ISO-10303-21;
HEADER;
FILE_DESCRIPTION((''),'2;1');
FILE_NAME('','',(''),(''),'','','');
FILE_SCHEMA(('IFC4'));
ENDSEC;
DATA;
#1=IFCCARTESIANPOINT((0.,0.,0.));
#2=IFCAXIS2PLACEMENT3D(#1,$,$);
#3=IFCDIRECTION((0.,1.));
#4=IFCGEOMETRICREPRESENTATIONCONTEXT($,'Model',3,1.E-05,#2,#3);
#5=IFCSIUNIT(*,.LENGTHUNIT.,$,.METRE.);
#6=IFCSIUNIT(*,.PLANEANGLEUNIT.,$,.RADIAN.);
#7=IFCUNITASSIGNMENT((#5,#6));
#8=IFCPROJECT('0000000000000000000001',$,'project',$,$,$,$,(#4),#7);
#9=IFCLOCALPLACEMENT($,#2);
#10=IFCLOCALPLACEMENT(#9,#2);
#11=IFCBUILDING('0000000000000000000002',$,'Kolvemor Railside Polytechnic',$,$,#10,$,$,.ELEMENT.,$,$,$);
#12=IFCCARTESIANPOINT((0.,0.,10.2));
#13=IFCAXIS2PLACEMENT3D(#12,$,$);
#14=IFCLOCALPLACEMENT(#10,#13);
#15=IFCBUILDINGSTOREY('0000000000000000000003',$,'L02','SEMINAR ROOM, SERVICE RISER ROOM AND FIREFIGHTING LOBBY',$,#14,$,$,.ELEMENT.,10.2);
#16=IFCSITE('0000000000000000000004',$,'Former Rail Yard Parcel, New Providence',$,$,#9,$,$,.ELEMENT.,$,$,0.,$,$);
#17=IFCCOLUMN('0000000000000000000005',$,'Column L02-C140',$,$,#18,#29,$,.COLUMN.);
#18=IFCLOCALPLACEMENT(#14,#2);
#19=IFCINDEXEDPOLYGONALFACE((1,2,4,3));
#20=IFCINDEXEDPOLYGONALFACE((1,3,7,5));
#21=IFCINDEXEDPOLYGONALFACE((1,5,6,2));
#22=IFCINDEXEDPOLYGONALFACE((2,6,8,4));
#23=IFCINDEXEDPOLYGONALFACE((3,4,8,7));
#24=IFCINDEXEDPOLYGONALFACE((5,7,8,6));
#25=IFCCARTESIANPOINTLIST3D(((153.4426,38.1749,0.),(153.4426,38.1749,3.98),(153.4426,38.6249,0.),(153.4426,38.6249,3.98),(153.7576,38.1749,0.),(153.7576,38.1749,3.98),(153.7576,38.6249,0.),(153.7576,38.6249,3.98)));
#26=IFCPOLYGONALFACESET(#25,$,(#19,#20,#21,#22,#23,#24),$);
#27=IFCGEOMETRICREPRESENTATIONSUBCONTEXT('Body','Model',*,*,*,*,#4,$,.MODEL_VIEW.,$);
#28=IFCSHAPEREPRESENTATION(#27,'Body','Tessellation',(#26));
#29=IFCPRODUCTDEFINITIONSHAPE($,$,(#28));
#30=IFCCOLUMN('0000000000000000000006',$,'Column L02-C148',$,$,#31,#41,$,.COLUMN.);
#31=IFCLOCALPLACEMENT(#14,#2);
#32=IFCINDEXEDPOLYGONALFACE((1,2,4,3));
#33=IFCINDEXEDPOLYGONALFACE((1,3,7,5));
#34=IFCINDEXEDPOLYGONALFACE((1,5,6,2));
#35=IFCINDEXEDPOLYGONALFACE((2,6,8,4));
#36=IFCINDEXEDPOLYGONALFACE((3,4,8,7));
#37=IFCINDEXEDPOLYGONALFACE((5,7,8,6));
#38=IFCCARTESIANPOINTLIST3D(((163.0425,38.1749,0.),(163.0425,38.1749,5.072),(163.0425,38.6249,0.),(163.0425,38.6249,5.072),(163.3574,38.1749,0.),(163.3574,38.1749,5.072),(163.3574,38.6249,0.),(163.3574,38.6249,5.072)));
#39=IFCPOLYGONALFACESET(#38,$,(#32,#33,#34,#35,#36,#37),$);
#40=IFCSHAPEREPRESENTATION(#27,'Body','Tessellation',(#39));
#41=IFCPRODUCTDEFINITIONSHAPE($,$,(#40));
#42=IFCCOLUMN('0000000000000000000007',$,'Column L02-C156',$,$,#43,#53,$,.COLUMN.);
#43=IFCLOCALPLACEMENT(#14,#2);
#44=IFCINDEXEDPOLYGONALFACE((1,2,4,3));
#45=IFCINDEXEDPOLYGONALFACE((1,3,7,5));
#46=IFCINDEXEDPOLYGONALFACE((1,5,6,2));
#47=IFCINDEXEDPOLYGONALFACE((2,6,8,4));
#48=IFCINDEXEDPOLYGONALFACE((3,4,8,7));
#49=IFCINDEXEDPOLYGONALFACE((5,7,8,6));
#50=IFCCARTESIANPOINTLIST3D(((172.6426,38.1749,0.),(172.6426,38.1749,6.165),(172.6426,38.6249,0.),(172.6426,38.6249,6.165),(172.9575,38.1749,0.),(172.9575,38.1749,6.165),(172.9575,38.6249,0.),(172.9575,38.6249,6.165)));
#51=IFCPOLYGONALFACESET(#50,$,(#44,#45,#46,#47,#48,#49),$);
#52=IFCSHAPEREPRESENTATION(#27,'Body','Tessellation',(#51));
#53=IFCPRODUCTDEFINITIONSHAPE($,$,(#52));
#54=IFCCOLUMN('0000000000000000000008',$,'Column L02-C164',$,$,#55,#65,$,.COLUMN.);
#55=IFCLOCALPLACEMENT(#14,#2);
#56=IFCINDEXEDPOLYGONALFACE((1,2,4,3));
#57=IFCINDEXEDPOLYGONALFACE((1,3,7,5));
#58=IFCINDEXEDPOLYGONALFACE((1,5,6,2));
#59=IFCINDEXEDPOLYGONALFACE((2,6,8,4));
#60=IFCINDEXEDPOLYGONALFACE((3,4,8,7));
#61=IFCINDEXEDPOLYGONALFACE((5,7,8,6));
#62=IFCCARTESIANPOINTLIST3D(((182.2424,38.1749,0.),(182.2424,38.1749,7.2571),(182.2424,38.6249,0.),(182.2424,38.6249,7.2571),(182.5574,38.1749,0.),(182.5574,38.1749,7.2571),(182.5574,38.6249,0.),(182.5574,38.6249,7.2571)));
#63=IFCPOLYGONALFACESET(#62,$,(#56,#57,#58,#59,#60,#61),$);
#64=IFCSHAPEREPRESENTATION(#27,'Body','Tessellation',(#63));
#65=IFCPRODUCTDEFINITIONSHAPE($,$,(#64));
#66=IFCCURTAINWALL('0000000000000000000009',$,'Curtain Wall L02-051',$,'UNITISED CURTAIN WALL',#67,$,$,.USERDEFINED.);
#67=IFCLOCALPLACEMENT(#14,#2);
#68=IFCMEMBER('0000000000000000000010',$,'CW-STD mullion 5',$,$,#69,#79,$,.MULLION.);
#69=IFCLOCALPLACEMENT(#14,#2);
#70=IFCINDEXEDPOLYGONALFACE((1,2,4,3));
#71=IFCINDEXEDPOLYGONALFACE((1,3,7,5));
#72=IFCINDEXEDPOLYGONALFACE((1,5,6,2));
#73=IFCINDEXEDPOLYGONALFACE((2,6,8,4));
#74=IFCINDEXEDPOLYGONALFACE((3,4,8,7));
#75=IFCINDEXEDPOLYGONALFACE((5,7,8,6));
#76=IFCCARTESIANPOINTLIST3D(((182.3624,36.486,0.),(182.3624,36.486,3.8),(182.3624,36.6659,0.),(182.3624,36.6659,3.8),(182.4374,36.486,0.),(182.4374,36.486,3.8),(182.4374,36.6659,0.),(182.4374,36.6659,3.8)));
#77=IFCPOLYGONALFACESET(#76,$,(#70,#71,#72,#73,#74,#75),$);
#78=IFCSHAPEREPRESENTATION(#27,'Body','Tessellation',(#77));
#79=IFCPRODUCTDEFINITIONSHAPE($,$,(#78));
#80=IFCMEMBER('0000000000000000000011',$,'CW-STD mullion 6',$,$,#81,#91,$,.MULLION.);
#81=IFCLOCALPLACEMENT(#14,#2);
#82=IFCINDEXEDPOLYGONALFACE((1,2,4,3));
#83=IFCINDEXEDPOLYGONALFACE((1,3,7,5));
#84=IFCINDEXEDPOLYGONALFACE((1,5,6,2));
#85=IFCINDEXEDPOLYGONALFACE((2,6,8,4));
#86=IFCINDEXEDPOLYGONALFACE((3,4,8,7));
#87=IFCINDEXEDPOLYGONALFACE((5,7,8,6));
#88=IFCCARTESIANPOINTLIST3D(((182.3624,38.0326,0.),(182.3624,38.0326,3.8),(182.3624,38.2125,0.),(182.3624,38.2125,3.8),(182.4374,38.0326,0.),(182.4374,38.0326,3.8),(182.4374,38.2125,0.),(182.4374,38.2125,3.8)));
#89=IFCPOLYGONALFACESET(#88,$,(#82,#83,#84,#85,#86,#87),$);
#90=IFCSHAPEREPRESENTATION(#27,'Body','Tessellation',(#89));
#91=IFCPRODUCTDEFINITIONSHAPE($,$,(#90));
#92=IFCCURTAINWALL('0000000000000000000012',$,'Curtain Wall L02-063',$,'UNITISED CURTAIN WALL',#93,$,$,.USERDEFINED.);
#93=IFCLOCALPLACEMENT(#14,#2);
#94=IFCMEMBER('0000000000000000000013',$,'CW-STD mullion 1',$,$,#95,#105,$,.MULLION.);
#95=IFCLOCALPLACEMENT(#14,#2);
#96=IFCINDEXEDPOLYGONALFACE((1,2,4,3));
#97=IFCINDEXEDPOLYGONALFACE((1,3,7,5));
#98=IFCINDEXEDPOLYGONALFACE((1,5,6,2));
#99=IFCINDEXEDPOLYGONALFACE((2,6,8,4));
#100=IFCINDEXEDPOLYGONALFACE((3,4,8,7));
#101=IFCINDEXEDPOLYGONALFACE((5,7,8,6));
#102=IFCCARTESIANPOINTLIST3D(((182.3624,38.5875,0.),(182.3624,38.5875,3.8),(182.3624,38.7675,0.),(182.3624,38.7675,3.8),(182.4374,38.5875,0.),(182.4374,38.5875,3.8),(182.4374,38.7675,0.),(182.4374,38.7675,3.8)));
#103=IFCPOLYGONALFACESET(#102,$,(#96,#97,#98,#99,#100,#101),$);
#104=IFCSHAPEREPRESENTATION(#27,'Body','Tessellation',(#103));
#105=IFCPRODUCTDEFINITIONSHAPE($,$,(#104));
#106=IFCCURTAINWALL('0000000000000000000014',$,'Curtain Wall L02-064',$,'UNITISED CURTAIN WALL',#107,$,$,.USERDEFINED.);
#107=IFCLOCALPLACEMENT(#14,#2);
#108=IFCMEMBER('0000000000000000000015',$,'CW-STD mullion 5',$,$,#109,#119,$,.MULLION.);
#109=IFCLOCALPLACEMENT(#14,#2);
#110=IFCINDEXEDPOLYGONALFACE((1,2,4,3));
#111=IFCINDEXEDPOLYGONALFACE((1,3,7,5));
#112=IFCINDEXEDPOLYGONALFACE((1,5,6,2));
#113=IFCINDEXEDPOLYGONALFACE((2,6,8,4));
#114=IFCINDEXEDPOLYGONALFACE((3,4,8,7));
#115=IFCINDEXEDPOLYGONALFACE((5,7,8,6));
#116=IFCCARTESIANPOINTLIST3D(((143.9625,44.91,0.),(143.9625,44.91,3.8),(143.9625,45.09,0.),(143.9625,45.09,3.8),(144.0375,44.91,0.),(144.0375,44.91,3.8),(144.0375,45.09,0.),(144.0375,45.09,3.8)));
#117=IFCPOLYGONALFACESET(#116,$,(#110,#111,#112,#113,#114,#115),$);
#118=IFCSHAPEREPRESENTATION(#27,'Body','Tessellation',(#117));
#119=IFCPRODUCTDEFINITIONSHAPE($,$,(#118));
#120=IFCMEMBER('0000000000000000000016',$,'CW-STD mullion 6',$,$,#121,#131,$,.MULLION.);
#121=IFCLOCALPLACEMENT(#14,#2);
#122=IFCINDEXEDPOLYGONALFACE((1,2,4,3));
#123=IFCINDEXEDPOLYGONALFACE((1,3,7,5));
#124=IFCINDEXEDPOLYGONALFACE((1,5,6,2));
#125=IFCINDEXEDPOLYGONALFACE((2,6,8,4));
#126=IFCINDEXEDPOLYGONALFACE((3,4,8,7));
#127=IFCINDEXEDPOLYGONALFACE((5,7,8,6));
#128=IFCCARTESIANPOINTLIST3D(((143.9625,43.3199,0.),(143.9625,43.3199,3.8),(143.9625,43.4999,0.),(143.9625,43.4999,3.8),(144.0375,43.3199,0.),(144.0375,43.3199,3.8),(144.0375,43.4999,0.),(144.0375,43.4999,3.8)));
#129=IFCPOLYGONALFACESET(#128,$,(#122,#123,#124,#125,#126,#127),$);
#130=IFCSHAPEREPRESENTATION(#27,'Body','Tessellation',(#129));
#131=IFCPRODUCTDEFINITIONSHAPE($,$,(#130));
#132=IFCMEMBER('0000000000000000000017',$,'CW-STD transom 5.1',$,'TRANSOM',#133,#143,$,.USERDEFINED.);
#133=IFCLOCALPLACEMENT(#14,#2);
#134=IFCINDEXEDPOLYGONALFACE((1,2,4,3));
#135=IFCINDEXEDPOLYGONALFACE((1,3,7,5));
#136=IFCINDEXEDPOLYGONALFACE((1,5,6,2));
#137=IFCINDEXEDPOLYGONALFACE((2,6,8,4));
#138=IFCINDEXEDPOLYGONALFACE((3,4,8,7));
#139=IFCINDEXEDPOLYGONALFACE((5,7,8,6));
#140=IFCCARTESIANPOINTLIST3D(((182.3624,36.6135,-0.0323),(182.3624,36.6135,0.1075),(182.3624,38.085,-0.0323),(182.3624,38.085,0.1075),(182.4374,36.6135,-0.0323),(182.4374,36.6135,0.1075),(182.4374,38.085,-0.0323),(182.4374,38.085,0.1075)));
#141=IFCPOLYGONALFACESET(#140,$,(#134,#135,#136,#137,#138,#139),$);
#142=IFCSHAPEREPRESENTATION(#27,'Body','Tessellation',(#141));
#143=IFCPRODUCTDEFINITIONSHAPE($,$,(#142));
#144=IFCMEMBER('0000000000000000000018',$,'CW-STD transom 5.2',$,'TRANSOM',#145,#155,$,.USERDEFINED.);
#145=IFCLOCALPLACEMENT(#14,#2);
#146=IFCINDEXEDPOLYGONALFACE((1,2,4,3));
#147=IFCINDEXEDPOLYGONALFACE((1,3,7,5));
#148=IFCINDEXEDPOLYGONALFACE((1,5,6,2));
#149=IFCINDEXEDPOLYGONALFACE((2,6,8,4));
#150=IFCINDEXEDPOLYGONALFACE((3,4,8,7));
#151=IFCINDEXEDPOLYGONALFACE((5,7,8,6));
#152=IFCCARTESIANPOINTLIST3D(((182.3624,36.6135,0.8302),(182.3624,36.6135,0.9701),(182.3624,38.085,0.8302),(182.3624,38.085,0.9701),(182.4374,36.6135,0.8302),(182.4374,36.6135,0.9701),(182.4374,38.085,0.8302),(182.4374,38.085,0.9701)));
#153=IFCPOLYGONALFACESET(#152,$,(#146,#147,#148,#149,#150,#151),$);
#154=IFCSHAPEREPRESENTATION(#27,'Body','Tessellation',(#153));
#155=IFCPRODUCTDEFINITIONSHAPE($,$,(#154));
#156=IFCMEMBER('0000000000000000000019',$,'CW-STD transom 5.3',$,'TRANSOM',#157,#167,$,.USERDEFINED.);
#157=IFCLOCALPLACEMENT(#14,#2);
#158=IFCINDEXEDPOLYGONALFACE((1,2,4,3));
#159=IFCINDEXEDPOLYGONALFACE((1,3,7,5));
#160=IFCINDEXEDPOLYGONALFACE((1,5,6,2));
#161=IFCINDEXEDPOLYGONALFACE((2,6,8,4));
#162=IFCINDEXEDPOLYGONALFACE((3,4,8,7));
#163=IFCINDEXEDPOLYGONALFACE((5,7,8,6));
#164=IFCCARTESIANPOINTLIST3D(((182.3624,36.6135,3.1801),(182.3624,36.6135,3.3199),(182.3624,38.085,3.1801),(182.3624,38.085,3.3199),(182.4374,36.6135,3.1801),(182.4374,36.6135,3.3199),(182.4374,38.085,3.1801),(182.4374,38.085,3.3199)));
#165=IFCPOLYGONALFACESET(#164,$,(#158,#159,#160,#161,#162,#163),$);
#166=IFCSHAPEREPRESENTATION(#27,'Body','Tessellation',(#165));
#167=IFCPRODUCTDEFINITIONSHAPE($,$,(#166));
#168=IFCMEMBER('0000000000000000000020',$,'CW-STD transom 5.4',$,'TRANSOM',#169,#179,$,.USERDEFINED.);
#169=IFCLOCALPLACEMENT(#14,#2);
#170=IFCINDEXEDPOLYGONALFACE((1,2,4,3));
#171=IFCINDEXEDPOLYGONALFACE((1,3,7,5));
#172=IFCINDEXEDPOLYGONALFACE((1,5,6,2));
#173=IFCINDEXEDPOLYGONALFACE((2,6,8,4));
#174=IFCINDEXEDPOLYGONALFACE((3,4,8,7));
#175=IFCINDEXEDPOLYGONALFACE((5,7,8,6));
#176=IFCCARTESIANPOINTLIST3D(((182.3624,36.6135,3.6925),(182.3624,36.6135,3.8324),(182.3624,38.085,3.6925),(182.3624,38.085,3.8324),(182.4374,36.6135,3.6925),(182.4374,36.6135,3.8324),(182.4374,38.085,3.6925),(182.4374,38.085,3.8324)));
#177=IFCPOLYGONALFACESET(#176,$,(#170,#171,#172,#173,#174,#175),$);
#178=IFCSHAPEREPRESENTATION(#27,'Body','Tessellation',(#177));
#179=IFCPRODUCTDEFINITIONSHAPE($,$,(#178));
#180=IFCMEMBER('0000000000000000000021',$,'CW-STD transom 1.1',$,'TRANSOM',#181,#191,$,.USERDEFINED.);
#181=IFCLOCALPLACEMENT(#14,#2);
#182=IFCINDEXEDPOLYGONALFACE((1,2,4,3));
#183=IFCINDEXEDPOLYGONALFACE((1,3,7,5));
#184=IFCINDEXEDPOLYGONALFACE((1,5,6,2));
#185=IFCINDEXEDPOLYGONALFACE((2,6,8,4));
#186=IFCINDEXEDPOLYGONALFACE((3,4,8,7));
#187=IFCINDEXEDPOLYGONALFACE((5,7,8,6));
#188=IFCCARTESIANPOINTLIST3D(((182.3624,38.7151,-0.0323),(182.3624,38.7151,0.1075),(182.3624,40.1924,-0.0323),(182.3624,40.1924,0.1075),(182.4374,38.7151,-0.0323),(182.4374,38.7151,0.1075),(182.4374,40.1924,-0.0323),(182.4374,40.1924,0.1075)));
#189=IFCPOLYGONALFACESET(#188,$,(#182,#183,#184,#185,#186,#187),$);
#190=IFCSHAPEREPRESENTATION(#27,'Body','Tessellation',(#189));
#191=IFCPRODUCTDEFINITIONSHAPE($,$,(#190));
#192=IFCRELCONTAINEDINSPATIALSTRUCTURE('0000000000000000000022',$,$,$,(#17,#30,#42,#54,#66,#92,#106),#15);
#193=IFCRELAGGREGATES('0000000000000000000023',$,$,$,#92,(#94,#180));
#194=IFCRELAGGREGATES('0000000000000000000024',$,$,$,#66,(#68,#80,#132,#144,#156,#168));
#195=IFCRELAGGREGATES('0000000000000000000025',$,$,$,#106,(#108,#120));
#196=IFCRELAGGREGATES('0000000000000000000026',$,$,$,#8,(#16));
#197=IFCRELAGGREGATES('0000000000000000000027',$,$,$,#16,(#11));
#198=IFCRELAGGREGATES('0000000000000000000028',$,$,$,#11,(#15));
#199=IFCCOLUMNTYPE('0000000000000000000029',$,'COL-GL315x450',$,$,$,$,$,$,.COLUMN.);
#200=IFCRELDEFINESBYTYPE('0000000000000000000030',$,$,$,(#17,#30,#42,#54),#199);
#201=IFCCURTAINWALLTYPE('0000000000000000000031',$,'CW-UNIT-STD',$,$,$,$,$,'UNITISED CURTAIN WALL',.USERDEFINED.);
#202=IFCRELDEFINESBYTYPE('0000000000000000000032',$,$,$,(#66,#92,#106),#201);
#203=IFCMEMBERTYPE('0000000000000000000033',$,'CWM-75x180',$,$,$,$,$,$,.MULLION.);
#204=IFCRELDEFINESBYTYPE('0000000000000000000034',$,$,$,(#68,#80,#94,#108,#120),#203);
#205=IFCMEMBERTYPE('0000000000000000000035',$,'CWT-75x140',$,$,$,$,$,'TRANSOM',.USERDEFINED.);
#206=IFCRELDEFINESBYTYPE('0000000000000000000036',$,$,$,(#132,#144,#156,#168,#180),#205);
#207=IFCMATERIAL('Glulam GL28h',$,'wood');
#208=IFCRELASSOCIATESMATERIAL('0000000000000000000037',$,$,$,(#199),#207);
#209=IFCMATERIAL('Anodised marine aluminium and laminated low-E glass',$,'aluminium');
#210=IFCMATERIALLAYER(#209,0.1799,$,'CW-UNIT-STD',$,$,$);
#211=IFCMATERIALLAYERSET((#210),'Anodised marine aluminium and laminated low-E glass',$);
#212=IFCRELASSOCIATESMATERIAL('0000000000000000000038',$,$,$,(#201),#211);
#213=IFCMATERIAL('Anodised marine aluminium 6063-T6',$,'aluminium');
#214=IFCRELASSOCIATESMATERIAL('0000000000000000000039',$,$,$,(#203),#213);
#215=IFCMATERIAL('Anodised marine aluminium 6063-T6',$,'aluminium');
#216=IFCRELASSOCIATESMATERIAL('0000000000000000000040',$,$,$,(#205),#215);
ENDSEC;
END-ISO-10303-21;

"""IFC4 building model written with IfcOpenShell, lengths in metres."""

from ifc_helpers import new_model, si_unit, direction, frame, origin, origin_2d, place, context, subcontext, project, spatial, rectangle, extrude, material, layer, layer_set, material_profile, profile_set, type_object, element, aggregate, save


model = new_model("IFC4")

# Units and contexts
model_context = context("Model", 3, precision=1e-05, world=origin(), true_north=direction((0.0, 1.0)))
body_context = subcontext(model_context, "Body", "Model", "MODEL_VIEW")
ifc_project = project(units=[si_unit("LENGTHUNIT", "METRE"), si_unit("PLANEANGLEUNIT", "RADIAN")], contexts=[model_context])

# Site, building, storey
site_placement = place(None, origin())
site = spatial("IfcSite", under=ifc_project, at=site_placement, Name="Former Rail Yard Parcel, New Providence", CompositionType="ELEMENT", RefElevation=0.0)
building_placement = place(site_placement, origin())
building = spatial("IfcBuilding", under=site, at=building_placement, Name="Kolvemor Railside Polytechnic", CompositionType="ELEMENT")
storey_placement = place(building_placement, frame((0.0, 0.0, 10.2)))
storey = spatial("IfcBuildingStorey", under=building, at=storey_placement, Name="L02", Description="SEMINAR ROOM, SERVICE RISER ROOM AND FIREFIGHTING LOBBY", CompositionType="ELEMENT", Elevation=10.2)

# Columns
ifc_material_1 = material(Name="Glulam GL28h", Category="wood")
ifc_material_profile_1 = material_profile(ifc_material_1, rectangle(XDim=0.3149, YDim=0.45, at=origin_2d()), Name="GL315x450")
ifc_profile_set_1 = profile_set([ifc_material_profile_1], Name="Glulam GL28h")
column_type = type_object("IfcColumnType", Name="COL-GL315x450", PredefinedType="COLUMN", material=ifc_profile_set_1)
column_1_placement = place(storey_placement, frame((153.6001, 38.3999, 0.0), z_axis=(0.0, 0.0, 1.0), x_axis=(1.0, 0.0, 0.0)))
element("IfcColumn", 1, at=column_1_placement, inside=storey, type_object=column_type, Name="Column L02-C140", PredefinedType="COLUMN", context=body_context, shape_type="SweptSolid", body=[
    extrude(rectangle(XDim=0.3149, YDim=0.45, at=origin_2d()), origin(), (0.0, 0.0, 1.0), 3.98),
])
column_2_placement = place(storey_placement, frame((163.2, 38.3999, 0.0), z_axis=(0.0, 0.0, 1.0), x_axis=(1.0, 0.0, 0.0)))
element("IfcColumn", 2, at=column_2_placement, inside=storey, type_object=column_type, Name="Column L02-C148", PredefinedType="COLUMN", context=body_context, shape_type="SweptSolid", body=[
    extrude(rectangle(XDim=0.3149, YDim=0.45, at=origin_2d()), origin(), (0.0, 0.0, 1.0), 5.072),
])
column_3_placement = place(storey_placement, frame((172.8, 38.3999, 0.0), z_axis=(0.0, 0.0, 1.0), x_axis=(1.0, 0.0, 0.0)))
element("IfcColumn", 3, at=column_3_placement, inside=storey, type_object=column_type, Name="Column L02-C156", PredefinedType="COLUMN", context=body_context, shape_type="SweptSolid", body=[
    extrude(rectangle(XDim=0.3149, YDim=0.45, at=origin_2d()), origin(), (0.0, 0.0, 1.0), 6.165),
])
column_4_placement = place(storey_placement, frame((182.3999, 38.3999, 0.0), z_axis=(0.0, 0.0, 1.0), x_axis=(1.0, 0.0, 0.0)))
element("IfcColumn", 4, at=column_4_placement, inside=storey, type_object=column_type, Name="Column L02-C164", PredefinedType="COLUMN", context=body_context, shape_type="SweptSolid", body=[
    extrude(rectangle(XDim=0.3149, YDim=0.45, at=origin_2d()), origin(), (0.0, 0.0, 1.0), 7.2571),
])

# Curtain wall, members
ifc_material_2 = material(Name="Anodised marine aluminium and laminated low-E glass", Category="aluminium")
ifc_layer_1 = layer(ifc_material_2, 0.1799, Name="CW-UNIT-STD")
ifc_layer_set_1 = layer_set([ifc_layer_1], Name="Anodised marine aluminium and laminated low-E glass")
curtain_wall_type = type_object("IfcCurtainWallType", Name="CW-UNIT-STD", ElementType="UNITISED CURTAIN WALL", PredefinedType="USERDEFINED", material=ifc_layer_set_1)
curtain_wall_1_placement = place(storey_placement, origin())
curtain_wall_1 = element("IfcCurtainWall", 5, at=curtain_wall_1_placement, inside=storey, type_object=curtain_wall_type, Name="Curtain Wall L02-051", ObjectType="UNITISED CURTAIN WALL", PredefinedType="USERDEFINED")
ifc_material_3 = material(Name="Anodised marine aluminium 6063-T6", Category="aluminium")
ifc_material_profile_2 = material_profile(ifc_material_3, rectangle(XDim=0.075, YDim=0.1799, at=origin_2d()), Name="CW-MUL-75x180")
ifc_profile_set_2 = profile_set([ifc_material_profile_2], Name="Anodised marine aluminium 6063-T6")
member_type_1 = type_object("IfcMemberType", Name="CWM-75x180", PredefinedType="MULLION", material=ifc_profile_set_2)
member_1_placement = place(storey_placement, frame((182.3999, 36.5759, 0.0), z_axis=(0.0, 0.0, 1.0), x_axis=(-1.0, 0.0, 0.0)))
member_1 = element("IfcMember", 6, at=member_1_placement, type_object=member_type_1, Name="CW-STD mullion 5", PredefinedType="MULLION", context=body_context, shape_type="SweptSolid", body=[
    extrude(rectangle(XDim=0.075, YDim=0.1799, at=origin_2d()), origin(), (0.0, 0.0, 1.0), 3.8),
])
member_2_placement = place(storey_placement, frame((182.3999, 38.1226, 0.0), z_axis=(0.0, 0.0, 1.0), x_axis=(-1.0, 0.0, 0.0)))
member_2 = element("IfcMember", 7, at=member_2_placement, type_object=member_type_1, Name="CW-STD mullion 6", PredefinedType="MULLION", context=body_context, shape_type="SweptSolid", body=[
    extrude(rectangle(XDim=0.075, YDim=0.1799, at=origin_2d()), origin(), (0.0, 0.0, 1.0), 3.8),
])

# Curtain wall, member
curtain_wall_2_placement = place(storey_placement, origin())
curtain_wall_2 = element("IfcCurtainWall", 8, at=curtain_wall_2_placement, inside=storey, type_object=curtain_wall_type, Name="Curtain Wall L02-063", ObjectType="UNITISED CURTAIN WALL", PredefinedType="USERDEFINED")
member_3_placement = place(storey_placement, frame((182.3999, 38.6775, 0.0), z_axis=(0.0, 0.0, 1.0), x_axis=(-1.0, 0.0, 0.0)))
member_3 = element("IfcMember", 9, at=member_3_placement, type_object=member_type_1, Name="CW-STD mullion 1", PredefinedType="MULLION", context=body_context, shape_type="SweptSolid", body=[
    extrude(rectangle(XDim=0.075, YDim=0.1799, at=origin_2d()), origin(), (0.0, 0.0, 1.0), 3.8),
])

# Curtain wall, members
curtain_wall_3_placement = place(storey_placement, origin())
curtain_wall_3 = element("IfcCurtainWall", 10, at=curtain_wall_3_placement, inside=storey, type_object=curtain_wall_type, Name="Curtain Wall L02-064", ObjectType="UNITISED CURTAIN WALL", PredefinedType="USERDEFINED")
member_4_placement = place(storey_placement, frame((144.0, 45.0, 0.0), z_axis=(0.0, 0.0, 1.0), x_axis=(1.0, 0.0, 0.0)))
member_4 = element("IfcMember", 11, at=member_4_placement, type_object=member_type_1, Name="CW-STD mullion 5", PredefinedType="MULLION", context=body_context, shape_type="SweptSolid", body=[
    extrude(rectangle(XDim=0.075, YDim=0.1799, at=origin_2d()), origin(), (0.0, 0.0, 1.0), 3.8),
])
member_5_placement = place(storey_placement, frame((144.0, 43.4099, 0.0), z_axis=(0.0, 0.0, 1.0), x_axis=(1.0, 0.0, 0.0)))
member_5 = element("IfcMember", 12, at=member_5_placement, type_object=member_type_1, Name="CW-STD mullion 6", PredefinedType="MULLION", context=body_context, shape_type="SweptSolid", body=[
    extrude(rectangle(XDim=0.075, YDim=0.1799, at=origin_2d()), origin(), (0.0, 0.0, 1.0), 3.8),
])

# Members
ifc_material_4 = material(Name="Anodised marine aluminium 6063-T6", Category="aluminium")
ifc_material_profile_3 = material_profile(ifc_material_4, rectangle(XDim=0.075, YDim=0.1399, at=origin_2d()), Name="CW-TRN-75x140")
ifc_profile_set_3 = profile_set([ifc_material_profile_3], Name="Anodised marine aluminium 6063-T6")
member_type_2 = type_object("IfcMemberType", Name="CWT-75x140", ElementType="TRANSOM", PredefinedType="USERDEFINED", material=ifc_profile_set_3)
member_6_placement = place(storey_placement, frame((182.3999, 36.6135, 0.0376), z_axis=(0.0, 1.0, 0.0), x_axis=(-1.0, 0.0, 0.0)))
member_6 = element("IfcMember", 13, at=member_6_placement, type_object=member_type_2, Name="CW-STD transom 5.1", ObjectType="TRANSOM", PredefinedType="USERDEFINED", context=body_context, shape_type="SweptSolid", body=[
    extrude(rectangle(XDim=0.075, YDim=0.1399, at=origin_2d()), origin(), (0.0, 0.0, 1.0), 1.4714),
])
member_7_placement = place(storey_placement, frame((182.3999, 36.6135, 0.9001), z_axis=(0.0, 1.0, 0.0), x_axis=(-1.0, 0.0, 0.0)))
member_7 = element("IfcMember", 14, at=member_7_placement, type_object=member_type_2, Name="CW-STD transom 5.2", ObjectType="TRANSOM", PredefinedType="USERDEFINED", context=body_context, shape_type="SweptSolid", body=[
    extrude(rectangle(XDim=0.075, YDim=0.1399, at=origin_2d()), origin(), (0.0, 0.0, 1.0), 1.4714),
])
member_8_placement = place(storey_placement, frame((182.3999, 36.6135, 3.25), z_axis=(0.0, 1.0, 0.0), x_axis=(-1.0, 0.0, 0.0)))
member_8 = element("IfcMember", 15, at=member_8_placement, type_object=member_type_2, Name="CW-STD transom 5.3", ObjectType="TRANSOM", PredefinedType="USERDEFINED", context=body_context, shape_type="SweptSolid", body=[
    extrude(rectangle(XDim=0.075, YDim=0.1399, at=origin_2d()), origin(), (0.0, 0.0, 1.0), 1.4714),
])
member_9_placement = place(storey_placement, frame((182.3999, 36.6135, 3.7625), z_axis=(0.0, 1.0, 0.0), x_axis=(-1.0, 0.0, 0.0)))
member_9 = element("IfcMember", 16, at=member_9_placement, type_object=member_type_2, Name="CW-STD transom 5.4", ObjectType="TRANSOM", PredefinedType="USERDEFINED", context=body_context, shape_type="SweptSolid", body=[
    extrude(rectangle(XDim=0.075, YDim=0.1399, at=origin_2d()), origin(), (0.0, 0.0, 1.0), 1.4714),
])
member_10_placement = place(storey_placement, frame((182.3999, 38.7151, 0.0376), z_axis=(0.0, 1.0, 0.0), x_axis=(-1.0, 0.0, 0.0)))
member_10 = element("IfcMember", 17, at=member_10_placement, type_object=member_type_2, Name="CW-STD transom 1.1", ObjectType="TRANSOM", PredefinedType="USERDEFINED", context=body_context, shape_type="SweptSolid", body=[
    extrude(rectangle(XDim=0.075, YDim=0.1399, at=origin_2d()), origin(), (0.0, 0.0, 1.0), 1.4773),
])
aggregate(curtain_wall_2, [member_3, member_10])

aggregate(curtain_wall_1, [member_1, member_2, member_6, member_7, member_8, member_9])
aggregate(curtain_wall_3, [member_4, member_5])

save(model, "model.ifc")
